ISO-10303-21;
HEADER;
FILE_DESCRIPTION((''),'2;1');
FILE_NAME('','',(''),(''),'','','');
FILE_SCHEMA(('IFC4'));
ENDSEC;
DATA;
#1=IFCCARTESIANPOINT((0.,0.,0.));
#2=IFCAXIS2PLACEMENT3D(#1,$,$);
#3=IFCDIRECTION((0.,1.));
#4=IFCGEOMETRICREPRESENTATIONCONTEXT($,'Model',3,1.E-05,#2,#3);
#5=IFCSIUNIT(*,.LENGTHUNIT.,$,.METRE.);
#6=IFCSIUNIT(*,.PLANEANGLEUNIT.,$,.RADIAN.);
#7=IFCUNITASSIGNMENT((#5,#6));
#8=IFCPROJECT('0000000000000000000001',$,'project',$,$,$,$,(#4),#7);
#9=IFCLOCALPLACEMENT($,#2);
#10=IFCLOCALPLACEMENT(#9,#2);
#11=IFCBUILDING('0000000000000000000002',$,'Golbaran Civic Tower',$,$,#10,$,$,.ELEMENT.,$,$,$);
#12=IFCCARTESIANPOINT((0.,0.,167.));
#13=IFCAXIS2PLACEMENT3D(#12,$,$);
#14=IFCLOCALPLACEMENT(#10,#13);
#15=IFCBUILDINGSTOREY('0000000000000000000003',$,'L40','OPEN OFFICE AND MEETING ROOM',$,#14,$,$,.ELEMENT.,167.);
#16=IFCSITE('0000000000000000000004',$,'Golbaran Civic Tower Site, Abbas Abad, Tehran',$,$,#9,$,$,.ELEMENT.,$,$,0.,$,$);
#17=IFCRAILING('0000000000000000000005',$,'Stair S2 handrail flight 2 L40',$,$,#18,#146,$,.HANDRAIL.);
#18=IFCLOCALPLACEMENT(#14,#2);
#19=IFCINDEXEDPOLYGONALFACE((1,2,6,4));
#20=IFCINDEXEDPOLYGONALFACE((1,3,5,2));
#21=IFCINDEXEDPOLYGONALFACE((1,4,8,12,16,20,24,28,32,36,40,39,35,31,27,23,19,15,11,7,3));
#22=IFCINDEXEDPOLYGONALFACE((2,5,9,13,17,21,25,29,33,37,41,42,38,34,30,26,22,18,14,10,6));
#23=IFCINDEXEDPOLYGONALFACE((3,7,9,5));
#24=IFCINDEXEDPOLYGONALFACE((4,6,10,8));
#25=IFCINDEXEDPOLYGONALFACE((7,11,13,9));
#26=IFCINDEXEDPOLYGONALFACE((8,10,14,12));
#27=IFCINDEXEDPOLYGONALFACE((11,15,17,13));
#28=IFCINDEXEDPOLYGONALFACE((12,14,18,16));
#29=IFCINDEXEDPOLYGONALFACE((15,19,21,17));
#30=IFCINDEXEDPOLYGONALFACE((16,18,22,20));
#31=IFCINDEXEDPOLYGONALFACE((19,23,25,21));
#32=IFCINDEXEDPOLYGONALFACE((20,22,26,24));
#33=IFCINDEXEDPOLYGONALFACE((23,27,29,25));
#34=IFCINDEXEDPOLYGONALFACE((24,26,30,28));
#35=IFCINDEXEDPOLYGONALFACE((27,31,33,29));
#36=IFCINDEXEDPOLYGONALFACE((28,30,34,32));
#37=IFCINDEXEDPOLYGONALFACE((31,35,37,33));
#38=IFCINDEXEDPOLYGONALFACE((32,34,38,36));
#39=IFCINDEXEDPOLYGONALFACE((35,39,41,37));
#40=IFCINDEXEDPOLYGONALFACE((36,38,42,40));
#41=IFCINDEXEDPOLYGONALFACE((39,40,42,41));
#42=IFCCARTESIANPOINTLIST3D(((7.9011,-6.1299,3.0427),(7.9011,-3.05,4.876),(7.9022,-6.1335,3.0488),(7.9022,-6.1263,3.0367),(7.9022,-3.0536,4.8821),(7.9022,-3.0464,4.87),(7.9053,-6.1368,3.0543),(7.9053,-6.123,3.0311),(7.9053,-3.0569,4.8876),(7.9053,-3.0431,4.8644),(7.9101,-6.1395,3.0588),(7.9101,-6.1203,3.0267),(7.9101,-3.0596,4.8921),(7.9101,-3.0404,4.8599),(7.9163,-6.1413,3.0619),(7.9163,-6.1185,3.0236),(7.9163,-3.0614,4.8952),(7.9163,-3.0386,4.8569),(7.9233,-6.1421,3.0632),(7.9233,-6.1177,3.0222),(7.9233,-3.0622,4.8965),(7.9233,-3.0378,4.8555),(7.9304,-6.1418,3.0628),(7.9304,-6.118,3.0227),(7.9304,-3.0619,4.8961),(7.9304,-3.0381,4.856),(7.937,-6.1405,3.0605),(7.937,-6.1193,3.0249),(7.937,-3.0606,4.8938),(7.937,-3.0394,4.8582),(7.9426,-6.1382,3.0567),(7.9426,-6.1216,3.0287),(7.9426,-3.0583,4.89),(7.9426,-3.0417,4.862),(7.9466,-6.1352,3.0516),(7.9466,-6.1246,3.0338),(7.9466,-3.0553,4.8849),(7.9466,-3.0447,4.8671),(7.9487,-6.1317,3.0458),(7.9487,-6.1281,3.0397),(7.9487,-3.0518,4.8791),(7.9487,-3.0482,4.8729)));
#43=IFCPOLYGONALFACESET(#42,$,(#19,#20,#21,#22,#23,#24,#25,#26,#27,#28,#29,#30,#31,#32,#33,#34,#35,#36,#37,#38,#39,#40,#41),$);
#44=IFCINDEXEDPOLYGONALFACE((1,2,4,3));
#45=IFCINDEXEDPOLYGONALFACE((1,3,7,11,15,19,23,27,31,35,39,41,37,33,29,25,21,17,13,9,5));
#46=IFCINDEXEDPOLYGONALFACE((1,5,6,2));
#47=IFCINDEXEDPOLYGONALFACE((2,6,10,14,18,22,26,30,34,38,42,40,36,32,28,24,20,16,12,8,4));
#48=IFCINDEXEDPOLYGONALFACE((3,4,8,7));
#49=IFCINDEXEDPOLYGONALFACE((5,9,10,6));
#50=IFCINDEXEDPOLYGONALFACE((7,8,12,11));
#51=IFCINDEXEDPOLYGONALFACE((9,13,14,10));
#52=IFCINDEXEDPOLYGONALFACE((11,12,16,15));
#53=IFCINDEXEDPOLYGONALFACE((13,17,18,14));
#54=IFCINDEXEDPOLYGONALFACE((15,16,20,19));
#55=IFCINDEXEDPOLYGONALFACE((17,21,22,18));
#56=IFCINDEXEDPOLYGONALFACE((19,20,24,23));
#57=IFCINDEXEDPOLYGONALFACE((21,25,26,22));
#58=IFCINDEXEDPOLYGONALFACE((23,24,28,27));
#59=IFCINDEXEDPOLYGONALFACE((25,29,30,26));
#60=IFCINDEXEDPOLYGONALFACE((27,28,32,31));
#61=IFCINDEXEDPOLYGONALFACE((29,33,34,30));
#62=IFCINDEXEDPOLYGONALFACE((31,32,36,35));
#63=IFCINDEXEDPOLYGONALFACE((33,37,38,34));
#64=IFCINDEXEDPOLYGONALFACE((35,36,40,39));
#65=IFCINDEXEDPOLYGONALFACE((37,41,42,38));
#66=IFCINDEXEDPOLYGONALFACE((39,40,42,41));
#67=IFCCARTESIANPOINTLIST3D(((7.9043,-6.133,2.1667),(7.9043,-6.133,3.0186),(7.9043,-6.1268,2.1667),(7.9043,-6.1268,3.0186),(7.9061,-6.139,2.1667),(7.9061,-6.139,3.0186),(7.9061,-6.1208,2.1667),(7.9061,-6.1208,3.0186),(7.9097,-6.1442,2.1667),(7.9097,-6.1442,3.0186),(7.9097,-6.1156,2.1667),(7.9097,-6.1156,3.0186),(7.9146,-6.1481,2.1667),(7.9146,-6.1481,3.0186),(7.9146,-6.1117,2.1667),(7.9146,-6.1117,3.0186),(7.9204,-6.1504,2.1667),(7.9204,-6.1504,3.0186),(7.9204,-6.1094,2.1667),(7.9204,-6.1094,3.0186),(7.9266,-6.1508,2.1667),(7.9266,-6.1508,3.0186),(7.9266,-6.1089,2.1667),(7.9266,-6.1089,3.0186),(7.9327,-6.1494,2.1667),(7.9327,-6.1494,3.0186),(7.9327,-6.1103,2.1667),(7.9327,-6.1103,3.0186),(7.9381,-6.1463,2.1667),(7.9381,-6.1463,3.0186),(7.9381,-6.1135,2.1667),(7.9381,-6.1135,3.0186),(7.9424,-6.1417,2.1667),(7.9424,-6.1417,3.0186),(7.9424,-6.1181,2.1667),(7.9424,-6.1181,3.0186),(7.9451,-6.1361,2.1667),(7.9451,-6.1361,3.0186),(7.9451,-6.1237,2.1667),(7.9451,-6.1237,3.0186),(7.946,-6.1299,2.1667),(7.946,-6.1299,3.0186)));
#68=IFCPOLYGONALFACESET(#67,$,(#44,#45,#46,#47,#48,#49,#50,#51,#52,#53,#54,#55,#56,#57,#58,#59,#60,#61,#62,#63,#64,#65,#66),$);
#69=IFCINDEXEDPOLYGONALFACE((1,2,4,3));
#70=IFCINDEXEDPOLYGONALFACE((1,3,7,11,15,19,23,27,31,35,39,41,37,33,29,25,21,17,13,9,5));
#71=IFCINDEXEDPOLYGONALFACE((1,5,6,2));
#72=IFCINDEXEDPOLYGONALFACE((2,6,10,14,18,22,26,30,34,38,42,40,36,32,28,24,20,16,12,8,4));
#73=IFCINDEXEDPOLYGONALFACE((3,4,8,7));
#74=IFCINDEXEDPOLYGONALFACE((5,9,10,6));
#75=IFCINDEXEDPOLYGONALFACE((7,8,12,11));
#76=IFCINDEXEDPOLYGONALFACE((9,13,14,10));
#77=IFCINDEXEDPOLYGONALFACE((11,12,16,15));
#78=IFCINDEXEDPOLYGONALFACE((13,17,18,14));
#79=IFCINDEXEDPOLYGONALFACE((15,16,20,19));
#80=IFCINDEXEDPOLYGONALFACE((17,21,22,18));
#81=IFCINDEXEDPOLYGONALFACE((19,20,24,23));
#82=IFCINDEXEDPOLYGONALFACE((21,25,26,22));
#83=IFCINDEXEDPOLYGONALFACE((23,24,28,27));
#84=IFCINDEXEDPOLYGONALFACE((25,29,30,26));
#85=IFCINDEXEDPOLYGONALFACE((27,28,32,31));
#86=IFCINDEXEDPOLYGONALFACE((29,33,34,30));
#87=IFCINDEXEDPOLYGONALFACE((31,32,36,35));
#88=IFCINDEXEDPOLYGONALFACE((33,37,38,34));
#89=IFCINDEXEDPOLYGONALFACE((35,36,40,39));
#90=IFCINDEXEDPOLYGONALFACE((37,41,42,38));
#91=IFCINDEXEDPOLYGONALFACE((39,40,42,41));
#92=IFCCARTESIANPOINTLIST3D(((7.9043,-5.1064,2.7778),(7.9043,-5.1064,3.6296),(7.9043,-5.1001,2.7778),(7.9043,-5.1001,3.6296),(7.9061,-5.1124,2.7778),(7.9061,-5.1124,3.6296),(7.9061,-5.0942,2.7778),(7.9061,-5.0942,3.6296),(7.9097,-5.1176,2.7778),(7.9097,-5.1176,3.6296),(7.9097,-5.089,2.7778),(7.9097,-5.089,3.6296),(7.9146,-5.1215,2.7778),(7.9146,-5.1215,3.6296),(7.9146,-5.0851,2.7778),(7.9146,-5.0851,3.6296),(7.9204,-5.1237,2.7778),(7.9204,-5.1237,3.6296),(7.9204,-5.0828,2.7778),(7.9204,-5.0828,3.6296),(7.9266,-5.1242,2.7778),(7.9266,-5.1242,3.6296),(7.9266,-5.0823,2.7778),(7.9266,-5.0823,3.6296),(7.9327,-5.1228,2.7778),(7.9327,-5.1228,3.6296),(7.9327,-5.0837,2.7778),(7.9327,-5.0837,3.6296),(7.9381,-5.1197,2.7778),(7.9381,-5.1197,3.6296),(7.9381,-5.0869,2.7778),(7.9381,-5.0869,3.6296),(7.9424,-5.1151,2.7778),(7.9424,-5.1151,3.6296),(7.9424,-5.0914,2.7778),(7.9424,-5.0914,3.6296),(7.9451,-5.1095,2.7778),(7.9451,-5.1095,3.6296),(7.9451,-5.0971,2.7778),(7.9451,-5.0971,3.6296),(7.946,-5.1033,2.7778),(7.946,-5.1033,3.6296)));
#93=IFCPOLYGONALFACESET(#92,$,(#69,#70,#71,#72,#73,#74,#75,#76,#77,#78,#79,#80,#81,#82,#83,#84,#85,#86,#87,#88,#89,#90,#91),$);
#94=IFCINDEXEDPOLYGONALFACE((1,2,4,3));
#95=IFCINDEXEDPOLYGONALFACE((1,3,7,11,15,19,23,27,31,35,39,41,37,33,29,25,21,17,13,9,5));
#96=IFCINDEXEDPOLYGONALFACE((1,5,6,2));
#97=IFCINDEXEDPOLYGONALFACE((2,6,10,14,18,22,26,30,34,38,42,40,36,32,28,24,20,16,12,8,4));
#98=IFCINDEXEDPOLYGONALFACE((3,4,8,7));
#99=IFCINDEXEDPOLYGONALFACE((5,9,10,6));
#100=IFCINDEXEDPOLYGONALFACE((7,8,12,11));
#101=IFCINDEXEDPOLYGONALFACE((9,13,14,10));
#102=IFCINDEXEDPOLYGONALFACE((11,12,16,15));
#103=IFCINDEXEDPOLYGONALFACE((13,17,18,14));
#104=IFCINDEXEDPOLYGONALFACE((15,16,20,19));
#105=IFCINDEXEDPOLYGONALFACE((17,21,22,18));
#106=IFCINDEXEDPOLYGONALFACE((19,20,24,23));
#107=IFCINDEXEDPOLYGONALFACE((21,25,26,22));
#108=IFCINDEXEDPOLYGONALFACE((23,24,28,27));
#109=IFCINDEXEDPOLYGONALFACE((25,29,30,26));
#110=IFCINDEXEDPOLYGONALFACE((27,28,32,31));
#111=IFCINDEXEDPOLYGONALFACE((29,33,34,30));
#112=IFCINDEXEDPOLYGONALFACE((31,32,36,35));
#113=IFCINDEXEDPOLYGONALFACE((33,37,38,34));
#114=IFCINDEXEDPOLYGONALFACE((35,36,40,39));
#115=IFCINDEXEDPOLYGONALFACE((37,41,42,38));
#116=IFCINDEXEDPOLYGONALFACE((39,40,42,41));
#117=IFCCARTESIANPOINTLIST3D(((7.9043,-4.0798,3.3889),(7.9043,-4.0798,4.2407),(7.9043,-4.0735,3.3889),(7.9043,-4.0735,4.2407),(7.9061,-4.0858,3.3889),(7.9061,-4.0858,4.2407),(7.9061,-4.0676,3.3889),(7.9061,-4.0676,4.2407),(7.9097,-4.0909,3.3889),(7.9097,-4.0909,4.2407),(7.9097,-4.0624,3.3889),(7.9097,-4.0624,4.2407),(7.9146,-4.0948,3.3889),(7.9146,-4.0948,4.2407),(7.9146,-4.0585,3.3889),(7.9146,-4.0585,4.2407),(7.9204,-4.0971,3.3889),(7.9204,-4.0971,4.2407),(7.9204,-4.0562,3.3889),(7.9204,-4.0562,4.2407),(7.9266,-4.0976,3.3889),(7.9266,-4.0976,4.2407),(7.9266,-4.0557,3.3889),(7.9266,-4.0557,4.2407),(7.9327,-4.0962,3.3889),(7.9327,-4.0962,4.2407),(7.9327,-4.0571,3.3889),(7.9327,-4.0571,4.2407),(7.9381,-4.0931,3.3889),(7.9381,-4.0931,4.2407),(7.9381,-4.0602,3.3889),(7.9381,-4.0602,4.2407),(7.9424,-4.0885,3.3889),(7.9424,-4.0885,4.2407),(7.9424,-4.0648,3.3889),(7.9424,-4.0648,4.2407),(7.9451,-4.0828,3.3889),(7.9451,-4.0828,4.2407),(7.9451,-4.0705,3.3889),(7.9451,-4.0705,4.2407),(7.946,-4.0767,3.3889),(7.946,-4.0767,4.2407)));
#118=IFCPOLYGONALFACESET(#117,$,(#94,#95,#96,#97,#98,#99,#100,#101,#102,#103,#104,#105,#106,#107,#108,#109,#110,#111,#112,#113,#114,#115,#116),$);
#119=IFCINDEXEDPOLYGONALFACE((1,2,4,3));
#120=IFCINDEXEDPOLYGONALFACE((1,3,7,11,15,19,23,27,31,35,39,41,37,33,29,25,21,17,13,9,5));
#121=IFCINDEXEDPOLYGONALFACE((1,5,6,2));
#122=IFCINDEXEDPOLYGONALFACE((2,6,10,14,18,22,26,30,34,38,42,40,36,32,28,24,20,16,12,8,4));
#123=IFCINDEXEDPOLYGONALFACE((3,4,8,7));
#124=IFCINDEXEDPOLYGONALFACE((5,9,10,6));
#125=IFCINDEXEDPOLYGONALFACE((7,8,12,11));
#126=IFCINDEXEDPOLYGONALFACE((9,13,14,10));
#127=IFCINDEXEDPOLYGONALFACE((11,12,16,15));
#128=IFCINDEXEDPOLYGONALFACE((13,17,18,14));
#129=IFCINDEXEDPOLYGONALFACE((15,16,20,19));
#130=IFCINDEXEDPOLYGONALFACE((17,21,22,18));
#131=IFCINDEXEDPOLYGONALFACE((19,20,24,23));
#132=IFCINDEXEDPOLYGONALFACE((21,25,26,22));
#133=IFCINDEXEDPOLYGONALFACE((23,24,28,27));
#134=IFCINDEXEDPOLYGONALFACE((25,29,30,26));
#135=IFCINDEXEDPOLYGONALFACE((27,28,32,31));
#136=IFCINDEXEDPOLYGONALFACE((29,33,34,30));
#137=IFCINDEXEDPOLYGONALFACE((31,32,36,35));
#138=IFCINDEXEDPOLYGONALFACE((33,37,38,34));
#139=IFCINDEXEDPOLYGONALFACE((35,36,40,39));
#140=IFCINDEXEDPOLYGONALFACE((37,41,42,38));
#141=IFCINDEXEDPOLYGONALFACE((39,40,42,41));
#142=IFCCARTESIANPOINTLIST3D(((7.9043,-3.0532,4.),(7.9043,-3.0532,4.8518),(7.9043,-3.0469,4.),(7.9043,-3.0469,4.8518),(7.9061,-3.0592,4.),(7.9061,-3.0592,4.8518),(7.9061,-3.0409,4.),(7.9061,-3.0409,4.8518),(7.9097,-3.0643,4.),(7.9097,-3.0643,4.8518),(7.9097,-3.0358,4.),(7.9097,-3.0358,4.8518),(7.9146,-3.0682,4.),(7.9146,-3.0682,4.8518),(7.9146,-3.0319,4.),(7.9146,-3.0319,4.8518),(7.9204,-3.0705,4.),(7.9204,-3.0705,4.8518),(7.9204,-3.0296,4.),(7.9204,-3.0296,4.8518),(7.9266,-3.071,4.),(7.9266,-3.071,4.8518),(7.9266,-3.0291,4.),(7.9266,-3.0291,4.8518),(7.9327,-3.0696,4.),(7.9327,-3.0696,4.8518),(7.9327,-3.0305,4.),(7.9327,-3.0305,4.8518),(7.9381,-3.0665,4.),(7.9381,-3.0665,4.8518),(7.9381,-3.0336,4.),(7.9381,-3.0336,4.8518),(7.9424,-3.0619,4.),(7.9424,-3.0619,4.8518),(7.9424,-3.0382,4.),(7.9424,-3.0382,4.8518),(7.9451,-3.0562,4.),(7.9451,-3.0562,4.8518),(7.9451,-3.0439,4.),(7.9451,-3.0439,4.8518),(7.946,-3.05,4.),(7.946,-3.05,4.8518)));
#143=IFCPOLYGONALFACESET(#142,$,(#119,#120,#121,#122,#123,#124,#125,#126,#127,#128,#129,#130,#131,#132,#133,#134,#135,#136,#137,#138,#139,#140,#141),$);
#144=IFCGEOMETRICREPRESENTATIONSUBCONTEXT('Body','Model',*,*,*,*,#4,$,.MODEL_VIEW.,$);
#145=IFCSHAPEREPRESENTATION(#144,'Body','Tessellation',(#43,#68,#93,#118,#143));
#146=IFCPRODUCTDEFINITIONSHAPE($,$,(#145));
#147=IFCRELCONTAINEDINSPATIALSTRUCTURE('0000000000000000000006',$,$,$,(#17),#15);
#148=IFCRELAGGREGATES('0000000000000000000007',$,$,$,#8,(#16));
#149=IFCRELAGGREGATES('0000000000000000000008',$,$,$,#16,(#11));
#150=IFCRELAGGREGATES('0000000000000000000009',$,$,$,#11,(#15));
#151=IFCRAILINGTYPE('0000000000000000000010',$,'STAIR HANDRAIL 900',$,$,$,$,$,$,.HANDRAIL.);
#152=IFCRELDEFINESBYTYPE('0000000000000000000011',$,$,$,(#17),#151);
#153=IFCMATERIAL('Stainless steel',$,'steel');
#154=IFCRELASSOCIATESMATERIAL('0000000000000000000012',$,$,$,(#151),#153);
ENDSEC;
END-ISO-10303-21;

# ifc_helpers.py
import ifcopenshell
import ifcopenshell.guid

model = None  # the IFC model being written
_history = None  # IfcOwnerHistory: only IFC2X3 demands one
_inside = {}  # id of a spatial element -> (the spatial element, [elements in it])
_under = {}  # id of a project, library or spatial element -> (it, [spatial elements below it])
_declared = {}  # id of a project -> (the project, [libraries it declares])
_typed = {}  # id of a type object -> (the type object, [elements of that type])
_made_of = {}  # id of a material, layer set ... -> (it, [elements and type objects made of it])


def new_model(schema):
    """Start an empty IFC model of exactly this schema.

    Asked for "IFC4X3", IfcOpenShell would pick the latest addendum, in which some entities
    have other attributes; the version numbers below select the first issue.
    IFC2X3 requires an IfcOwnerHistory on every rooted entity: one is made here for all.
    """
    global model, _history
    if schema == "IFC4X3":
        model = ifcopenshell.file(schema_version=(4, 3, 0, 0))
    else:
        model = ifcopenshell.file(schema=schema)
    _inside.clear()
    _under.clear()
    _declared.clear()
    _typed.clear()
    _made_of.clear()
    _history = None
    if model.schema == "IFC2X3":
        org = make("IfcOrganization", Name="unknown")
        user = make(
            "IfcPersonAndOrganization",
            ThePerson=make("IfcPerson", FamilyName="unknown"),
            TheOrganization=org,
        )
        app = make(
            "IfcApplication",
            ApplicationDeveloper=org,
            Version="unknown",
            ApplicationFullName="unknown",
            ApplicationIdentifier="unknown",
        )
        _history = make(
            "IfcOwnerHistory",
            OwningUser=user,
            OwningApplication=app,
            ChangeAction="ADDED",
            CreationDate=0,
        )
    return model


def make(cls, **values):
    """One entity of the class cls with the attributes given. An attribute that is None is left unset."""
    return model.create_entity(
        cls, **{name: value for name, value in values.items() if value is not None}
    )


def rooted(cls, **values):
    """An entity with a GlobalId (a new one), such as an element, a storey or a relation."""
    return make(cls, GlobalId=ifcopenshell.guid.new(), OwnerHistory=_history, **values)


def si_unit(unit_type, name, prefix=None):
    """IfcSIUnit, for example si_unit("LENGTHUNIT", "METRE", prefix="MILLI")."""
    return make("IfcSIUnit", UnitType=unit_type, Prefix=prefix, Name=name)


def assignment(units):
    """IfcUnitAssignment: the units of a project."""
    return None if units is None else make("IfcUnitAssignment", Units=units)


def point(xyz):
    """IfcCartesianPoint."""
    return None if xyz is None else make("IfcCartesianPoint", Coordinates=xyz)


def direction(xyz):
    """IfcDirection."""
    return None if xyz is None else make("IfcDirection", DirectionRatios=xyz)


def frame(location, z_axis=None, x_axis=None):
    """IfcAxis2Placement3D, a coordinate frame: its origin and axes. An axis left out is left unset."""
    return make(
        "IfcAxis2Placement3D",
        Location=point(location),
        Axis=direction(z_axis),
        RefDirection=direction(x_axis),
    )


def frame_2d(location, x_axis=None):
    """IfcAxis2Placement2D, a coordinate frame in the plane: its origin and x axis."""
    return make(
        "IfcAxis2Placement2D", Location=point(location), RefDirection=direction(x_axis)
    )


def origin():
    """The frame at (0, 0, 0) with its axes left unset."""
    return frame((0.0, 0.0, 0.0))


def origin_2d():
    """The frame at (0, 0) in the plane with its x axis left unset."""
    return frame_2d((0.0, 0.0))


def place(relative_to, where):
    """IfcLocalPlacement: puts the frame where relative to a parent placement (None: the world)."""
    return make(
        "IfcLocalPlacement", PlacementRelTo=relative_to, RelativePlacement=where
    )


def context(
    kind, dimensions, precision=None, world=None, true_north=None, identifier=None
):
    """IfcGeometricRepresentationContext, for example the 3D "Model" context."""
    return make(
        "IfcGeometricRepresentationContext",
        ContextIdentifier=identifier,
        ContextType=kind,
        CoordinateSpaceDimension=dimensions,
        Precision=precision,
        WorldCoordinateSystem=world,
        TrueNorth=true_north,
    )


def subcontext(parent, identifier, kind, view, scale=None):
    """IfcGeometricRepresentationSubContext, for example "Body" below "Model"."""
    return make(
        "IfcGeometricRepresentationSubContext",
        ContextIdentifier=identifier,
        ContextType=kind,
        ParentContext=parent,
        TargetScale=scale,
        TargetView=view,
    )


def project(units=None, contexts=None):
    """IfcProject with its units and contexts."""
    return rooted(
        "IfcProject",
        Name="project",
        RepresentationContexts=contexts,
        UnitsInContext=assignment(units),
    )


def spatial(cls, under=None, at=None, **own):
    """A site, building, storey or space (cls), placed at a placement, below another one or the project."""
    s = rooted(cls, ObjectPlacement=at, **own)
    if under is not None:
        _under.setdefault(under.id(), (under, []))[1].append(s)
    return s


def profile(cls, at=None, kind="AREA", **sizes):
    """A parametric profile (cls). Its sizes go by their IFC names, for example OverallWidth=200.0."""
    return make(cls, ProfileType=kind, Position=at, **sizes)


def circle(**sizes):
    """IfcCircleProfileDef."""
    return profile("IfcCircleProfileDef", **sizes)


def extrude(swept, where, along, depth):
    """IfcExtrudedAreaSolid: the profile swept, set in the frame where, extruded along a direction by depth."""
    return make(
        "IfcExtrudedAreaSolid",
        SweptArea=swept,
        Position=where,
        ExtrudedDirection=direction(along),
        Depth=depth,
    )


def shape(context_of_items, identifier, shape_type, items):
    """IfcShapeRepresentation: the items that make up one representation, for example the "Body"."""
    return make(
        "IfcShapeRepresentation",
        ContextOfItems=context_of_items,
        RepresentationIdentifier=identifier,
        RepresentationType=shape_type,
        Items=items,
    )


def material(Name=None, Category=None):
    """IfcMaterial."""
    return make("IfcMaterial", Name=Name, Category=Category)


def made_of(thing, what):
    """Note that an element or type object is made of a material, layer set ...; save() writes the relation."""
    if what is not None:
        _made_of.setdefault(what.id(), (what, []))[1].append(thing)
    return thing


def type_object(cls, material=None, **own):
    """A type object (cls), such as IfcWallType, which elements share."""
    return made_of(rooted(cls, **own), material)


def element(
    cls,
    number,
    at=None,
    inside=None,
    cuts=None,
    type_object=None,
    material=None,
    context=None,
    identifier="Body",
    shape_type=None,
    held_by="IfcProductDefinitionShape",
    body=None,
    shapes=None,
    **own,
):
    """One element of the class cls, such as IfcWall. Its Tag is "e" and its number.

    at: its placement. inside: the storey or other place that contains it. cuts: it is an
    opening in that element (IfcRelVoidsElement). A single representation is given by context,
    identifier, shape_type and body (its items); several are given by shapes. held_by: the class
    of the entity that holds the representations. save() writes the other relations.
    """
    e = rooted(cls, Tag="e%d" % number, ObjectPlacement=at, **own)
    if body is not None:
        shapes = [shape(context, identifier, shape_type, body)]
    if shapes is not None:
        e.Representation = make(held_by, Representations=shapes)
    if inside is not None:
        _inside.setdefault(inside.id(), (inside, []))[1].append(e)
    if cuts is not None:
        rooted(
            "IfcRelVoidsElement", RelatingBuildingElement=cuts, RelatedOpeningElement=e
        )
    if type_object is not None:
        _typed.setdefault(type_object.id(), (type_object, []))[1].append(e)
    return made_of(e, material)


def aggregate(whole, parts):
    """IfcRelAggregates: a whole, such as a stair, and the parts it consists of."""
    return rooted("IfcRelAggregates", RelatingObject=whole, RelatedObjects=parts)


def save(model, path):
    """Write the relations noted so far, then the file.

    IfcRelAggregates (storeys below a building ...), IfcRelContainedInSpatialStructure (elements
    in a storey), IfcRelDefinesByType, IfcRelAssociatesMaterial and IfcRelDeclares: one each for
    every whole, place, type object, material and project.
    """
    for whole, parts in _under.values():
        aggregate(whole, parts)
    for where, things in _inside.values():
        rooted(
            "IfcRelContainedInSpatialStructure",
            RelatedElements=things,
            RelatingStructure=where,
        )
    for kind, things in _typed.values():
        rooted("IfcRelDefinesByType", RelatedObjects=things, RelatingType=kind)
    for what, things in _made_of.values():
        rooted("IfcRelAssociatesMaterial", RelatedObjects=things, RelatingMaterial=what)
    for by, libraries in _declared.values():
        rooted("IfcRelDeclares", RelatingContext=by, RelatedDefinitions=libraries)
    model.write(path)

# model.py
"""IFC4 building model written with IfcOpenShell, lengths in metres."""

from ifc_helpers import new_model, si_unit, direction, frame, origin, origin_2d, place, context, subcontext, project, spatial, circle, extrude, material, type_object, element, save


model = new_model("IFC4")

# Units and contexts
model_context = context("Model", 3, precision=1e-05, world=origin(), true_north=direction((0.0, 1.0)))
body_context = subcontext(model_context, "Body", "Model", "MODEL_VIEW")
ifc_project = project(units=[si_unit("LENGTHUNIT", "METRE"), si_unit("PLANEANGLEUNIT", "RADIAN")], contexts=[model_context])

# Site, building, storey
site_placement = place(None, origin())
site = spatial("IfcSite", under=ifc_project, at=site_placement, Name="Golbaran Civic Tower Site, Abbas Abad, Tehran", CompositionType="ELEMENT", RefElevation=0.0)
building_placement = place(site_placement, origin())
building = spatial("IfcBuilding", under=site, at=building_placement, Name="Golbaran Civic Tower", CompositionType="ELEMENT")
storey_placement = place(building_placement, frame((0.0, 0.0, 167.0)))
storey = spatial("IfcBuildingStorey", under=building, at=storey_placement, Name="L40", Description="OPEN OFFICE AND MEETING ROOM", CompositionType="ELEMENT", Elevation=167.0)

# Shared definitions
ifc_material_1 = material(Name="Stainless steel", Category="steel")

# Railing
railing_type = type_object("IfcRailingType", Name="STAIR HANDRAIL 900", PredefinedType="HANDRAIL", material=ifc_material_1)
railing_1_placement = place(storey_placement, frame((7.925, -6.1299, 2.1667)))
element("IfcRailing", 1, at=railing_1_placement, inside=storey, type_object=railing_type, Name="Stair S2 handrail flight 2 L40", PredefinedType="HANDRAIL", context=body_context, shape_type="SweptSolid", body=[
    extrude(circle(Radius=0.0239, at=origin_2d()), frame((0.0, 0.0, 0.876), z_axis=(0.0, 0.859291, 0.511487), x_axis=(-1.0, 0.0, 0.0)), (0.0, 0.0, 1.0), 3.5842),
    extrude(circle(Radius=0.021, at=origin_2d()), origin(), (0.0, 0.0, 1.0), 0.8518),
    extrude(circle(Radius=0.021, at=origin_2d()), frame((0.0, 1.0266, 0.6111)), (0.0, 0.0, 1.0), 0.8518),
    extrude(circle(Radius=0.021, at=origin_2d()), frame((0.0, 2.0532, 1.2222)), (0.0, 0.0, 1.0), 0.8518),
    extrude(circle(Radius=0.021, at=origin_2d()), frame((0.0, 3.0798, 1.8333)), (0.0, 0.0, 1.0), 0.8518),
])

save(model, "model.ifc")
